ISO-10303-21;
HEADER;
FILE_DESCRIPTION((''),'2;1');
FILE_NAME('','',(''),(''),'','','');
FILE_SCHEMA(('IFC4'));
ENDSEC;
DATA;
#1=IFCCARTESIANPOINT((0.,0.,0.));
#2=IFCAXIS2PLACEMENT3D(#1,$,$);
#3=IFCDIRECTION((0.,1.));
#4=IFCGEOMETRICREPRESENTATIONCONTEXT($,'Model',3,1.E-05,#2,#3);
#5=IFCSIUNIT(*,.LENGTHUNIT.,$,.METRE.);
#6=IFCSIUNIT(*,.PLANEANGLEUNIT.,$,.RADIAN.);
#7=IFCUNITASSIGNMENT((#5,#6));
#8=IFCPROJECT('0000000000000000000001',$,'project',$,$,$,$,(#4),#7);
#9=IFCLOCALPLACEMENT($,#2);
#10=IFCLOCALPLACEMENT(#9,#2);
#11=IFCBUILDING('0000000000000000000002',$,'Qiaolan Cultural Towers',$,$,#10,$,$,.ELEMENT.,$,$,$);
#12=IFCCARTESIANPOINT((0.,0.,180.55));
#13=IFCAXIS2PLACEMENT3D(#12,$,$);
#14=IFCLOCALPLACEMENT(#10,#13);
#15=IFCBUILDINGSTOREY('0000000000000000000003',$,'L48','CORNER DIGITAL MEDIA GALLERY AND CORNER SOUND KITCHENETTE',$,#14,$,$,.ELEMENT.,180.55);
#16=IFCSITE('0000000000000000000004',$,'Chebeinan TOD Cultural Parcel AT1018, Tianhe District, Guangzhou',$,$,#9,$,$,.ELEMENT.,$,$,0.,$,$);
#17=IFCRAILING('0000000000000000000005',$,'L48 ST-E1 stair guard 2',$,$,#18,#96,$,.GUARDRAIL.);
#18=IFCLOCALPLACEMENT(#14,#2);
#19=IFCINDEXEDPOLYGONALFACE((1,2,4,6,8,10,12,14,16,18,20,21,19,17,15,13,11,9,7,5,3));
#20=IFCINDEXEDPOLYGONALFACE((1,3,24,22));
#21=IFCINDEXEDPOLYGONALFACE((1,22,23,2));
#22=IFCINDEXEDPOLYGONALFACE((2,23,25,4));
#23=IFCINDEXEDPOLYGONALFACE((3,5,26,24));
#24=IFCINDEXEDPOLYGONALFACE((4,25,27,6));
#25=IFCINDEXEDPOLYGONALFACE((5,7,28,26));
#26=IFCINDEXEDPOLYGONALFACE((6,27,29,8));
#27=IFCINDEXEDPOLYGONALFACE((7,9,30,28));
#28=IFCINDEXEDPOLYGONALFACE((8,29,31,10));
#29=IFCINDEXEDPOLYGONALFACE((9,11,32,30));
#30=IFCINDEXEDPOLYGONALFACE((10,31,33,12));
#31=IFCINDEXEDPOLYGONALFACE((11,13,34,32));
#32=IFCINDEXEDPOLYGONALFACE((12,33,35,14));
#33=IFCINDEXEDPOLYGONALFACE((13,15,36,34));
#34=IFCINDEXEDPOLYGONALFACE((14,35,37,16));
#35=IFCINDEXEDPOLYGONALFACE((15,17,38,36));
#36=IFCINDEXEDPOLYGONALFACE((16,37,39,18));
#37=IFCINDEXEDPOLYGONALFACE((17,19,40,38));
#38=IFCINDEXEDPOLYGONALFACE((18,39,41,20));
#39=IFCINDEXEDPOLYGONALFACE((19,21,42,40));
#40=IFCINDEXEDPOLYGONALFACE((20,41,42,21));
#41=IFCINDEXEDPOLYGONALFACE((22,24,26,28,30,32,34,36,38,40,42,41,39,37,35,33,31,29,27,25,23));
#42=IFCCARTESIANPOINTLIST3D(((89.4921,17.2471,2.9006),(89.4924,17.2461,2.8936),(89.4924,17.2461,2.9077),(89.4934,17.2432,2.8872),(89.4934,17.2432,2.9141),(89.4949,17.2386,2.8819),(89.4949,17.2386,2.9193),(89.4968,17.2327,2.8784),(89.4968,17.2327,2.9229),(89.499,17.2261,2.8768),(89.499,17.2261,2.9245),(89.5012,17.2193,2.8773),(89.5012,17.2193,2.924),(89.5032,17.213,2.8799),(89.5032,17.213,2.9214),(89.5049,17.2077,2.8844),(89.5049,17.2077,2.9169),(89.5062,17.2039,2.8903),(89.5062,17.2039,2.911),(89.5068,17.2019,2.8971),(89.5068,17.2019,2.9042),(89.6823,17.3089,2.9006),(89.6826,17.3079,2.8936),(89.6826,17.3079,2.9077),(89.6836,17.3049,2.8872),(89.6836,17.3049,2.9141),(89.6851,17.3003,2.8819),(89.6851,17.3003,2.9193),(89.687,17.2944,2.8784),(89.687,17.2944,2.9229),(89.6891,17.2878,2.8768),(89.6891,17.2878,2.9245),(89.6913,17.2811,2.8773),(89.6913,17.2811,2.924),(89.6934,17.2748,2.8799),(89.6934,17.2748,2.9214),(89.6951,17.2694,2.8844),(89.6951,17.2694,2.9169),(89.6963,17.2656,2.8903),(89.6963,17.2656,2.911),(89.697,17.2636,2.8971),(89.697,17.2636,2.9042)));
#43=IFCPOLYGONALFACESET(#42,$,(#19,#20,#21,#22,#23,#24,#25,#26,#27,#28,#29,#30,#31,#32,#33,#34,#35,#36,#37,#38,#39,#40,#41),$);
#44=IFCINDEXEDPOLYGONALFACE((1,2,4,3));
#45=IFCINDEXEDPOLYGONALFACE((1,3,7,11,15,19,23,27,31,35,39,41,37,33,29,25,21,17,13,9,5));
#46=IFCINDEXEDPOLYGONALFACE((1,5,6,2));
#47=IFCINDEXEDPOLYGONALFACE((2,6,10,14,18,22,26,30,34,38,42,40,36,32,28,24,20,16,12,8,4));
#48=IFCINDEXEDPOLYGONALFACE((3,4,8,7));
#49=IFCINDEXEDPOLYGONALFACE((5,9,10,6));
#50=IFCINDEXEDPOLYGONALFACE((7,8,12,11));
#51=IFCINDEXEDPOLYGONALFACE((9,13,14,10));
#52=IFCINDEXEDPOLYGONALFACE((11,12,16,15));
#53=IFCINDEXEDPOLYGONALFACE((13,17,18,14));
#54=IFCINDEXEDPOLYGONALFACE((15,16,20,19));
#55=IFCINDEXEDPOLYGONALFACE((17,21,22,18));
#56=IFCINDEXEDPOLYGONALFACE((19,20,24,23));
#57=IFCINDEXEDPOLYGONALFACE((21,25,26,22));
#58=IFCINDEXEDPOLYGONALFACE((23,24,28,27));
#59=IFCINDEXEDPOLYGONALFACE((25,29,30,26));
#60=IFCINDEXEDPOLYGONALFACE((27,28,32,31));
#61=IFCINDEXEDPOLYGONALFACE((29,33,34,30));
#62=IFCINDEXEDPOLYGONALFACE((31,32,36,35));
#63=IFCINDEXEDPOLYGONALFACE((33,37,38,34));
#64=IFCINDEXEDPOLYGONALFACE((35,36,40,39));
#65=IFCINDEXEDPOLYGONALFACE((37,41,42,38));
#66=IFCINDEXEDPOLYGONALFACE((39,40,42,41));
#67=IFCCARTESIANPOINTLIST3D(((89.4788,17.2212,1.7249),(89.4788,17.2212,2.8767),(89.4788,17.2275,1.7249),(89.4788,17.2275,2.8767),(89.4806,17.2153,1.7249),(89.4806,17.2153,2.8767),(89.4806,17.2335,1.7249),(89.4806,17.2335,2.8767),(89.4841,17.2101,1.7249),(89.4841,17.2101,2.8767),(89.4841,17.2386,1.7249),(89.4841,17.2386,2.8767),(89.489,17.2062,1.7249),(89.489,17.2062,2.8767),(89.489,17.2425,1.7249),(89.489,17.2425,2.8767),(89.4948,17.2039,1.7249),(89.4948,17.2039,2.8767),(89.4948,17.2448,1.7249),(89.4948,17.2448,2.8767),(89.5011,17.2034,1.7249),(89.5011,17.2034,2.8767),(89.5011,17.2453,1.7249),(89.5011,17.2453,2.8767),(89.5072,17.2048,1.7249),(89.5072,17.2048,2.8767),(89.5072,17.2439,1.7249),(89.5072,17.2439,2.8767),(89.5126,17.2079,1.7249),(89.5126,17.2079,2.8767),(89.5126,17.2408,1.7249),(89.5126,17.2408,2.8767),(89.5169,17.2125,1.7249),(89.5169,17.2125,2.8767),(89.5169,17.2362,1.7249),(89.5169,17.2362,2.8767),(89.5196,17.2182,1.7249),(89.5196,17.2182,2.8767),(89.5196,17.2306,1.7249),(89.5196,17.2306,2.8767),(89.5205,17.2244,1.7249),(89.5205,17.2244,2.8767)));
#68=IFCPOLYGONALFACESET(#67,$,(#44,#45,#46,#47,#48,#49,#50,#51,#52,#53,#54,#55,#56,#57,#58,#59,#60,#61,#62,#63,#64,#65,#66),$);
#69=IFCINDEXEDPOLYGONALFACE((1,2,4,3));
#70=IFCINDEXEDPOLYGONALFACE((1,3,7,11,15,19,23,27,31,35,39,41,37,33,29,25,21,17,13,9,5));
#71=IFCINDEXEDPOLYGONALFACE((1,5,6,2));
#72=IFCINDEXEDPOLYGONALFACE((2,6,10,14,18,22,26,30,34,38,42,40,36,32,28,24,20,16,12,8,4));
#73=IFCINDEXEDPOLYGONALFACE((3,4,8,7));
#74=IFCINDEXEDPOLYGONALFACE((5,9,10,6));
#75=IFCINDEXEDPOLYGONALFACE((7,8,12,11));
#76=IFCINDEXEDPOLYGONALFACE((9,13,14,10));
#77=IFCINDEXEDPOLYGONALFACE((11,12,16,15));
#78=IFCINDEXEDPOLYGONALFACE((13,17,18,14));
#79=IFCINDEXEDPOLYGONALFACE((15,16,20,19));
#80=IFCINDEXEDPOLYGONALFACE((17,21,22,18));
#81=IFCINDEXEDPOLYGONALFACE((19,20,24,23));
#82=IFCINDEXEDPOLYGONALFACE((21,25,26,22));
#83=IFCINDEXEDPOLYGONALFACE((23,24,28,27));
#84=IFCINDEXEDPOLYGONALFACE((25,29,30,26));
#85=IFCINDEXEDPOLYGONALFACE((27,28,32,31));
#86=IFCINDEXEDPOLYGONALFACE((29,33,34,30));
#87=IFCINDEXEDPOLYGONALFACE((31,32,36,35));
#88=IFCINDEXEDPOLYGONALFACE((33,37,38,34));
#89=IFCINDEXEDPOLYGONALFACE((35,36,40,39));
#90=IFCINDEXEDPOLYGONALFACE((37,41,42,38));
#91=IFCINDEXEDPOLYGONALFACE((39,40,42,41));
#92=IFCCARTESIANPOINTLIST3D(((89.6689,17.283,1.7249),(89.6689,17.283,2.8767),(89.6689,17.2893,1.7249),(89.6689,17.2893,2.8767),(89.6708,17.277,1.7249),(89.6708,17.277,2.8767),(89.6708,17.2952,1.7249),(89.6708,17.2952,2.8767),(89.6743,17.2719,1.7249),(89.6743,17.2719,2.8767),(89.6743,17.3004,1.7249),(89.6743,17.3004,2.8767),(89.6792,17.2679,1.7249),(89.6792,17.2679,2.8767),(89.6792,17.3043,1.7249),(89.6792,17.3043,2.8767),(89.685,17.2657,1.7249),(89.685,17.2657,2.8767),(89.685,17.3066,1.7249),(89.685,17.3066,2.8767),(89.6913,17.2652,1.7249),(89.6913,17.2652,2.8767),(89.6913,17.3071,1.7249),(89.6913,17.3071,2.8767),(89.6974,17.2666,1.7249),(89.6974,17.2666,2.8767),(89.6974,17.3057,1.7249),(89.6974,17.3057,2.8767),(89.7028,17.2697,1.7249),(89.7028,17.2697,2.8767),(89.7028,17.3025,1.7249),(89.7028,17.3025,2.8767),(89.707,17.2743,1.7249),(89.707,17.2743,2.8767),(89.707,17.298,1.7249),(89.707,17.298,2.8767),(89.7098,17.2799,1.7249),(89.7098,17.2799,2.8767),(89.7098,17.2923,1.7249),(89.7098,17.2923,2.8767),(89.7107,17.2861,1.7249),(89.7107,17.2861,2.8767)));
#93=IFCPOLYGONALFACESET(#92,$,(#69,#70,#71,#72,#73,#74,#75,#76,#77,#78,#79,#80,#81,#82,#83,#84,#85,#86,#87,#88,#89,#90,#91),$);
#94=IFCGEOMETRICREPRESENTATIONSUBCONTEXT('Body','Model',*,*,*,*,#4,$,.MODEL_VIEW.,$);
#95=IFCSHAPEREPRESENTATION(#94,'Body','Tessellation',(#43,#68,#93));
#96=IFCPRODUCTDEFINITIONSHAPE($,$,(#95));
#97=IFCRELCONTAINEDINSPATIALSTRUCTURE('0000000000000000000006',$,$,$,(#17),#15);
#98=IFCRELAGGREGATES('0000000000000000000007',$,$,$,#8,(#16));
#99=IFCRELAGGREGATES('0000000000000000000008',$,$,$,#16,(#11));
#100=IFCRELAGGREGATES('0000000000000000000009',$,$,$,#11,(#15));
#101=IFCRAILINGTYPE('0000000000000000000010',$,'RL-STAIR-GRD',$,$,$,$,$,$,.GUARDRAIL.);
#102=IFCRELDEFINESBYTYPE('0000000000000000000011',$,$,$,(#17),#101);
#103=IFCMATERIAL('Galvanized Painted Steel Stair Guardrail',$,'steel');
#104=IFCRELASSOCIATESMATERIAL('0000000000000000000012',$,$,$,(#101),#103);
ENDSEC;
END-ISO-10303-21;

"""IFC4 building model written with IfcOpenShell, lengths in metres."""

from ifc_helpers import new_model, si_unit, direction, frame, origin, origin_2d, place, context, subcontext, project, spatial, circle, extrude, material, type_object, element, save


model = new_model("IFC4")

# Units and contexts
model_context = context("Model", 3, precision=1e-05, world=origin(), true_north=direction((0.0, 1.0)))
body_context = subcontext(model_context, "Body", "Model", "MODEL_VIEW")
ifc_project = project(units=[si_unit("LENGTHUNIT", "METRE"), si_unit("PLANEANGLEUNIT", "RADIAN")], contexts=[model_context])

# Site, building, storey
site_placement = place(None, origin())
site = spatial("IfcSite", under=ifc_project, at=site_placement, Name="Chebeinan TOD Cultural Parcel AT1018, Tianhe District, Guangzhou", CompositionType="ELEMENT", RefElevation=0.0)
building_placement = place(site_placement, origin())
building = spatial("IfcBuilding", under=site, at=building_placement, Name="Qiaolan Cultural Towers", CompositionType="ELEMENT")
storey_placement = place(building_placement, frame((0.0, 0.0, 180.55)))
storey = spatial("IfcBuildingStorey", under=building, at=storey_placement, Name="L48", Description="CORNER DIGITAL MEDIA GALLERY AND CORNER SOUND KITCHENETTE", CompositionType="ELEMENT", Elevation=180.55)

# Railing
ifc_material_1 = material(Name="Galvanized Painted Steel Stair Guardrail", Category="steel")
railing_type_1 = type_object("IfcRailingType", Name="RL-STAIR-GRD", PredefinedType="GUARDRAIL", material=ifc_material_1)
railing_1_placement = place(storey_placement, frame((89.4995, 17.2244, 1.7249)))
element("IfcRailing", 1, at=railing_1_placement, inside=storey, type_object=railing_type_1, Name="L48 ST-E1 stair guard 2", PredefinedType="GUARDRAIL", context=body_context, shape_type="SweptSolid", body=[
    extrude(circle(Radius=0.0239, at=origin_2d()), frame((0.0, 0.0, 1.1758), z_axis=(0.951097, 0.308893, 0.0), x_axis=(-0.308893, 0.951097, 0.0)), (0.0, 0.0, 1.0), 0.2),
    extrude(circle(Radius=0.021, at=origin_2d()), origin(), (0.0, 0.0, 1.0), 1.1519),
    extrude(circle(Radius=0.021, at=origin_2d()), frame((0.1902, 0.0618, 0.0)), (0.0, 0.0, 1.0), 1.1519),
])

save(model, "model.ifc")
